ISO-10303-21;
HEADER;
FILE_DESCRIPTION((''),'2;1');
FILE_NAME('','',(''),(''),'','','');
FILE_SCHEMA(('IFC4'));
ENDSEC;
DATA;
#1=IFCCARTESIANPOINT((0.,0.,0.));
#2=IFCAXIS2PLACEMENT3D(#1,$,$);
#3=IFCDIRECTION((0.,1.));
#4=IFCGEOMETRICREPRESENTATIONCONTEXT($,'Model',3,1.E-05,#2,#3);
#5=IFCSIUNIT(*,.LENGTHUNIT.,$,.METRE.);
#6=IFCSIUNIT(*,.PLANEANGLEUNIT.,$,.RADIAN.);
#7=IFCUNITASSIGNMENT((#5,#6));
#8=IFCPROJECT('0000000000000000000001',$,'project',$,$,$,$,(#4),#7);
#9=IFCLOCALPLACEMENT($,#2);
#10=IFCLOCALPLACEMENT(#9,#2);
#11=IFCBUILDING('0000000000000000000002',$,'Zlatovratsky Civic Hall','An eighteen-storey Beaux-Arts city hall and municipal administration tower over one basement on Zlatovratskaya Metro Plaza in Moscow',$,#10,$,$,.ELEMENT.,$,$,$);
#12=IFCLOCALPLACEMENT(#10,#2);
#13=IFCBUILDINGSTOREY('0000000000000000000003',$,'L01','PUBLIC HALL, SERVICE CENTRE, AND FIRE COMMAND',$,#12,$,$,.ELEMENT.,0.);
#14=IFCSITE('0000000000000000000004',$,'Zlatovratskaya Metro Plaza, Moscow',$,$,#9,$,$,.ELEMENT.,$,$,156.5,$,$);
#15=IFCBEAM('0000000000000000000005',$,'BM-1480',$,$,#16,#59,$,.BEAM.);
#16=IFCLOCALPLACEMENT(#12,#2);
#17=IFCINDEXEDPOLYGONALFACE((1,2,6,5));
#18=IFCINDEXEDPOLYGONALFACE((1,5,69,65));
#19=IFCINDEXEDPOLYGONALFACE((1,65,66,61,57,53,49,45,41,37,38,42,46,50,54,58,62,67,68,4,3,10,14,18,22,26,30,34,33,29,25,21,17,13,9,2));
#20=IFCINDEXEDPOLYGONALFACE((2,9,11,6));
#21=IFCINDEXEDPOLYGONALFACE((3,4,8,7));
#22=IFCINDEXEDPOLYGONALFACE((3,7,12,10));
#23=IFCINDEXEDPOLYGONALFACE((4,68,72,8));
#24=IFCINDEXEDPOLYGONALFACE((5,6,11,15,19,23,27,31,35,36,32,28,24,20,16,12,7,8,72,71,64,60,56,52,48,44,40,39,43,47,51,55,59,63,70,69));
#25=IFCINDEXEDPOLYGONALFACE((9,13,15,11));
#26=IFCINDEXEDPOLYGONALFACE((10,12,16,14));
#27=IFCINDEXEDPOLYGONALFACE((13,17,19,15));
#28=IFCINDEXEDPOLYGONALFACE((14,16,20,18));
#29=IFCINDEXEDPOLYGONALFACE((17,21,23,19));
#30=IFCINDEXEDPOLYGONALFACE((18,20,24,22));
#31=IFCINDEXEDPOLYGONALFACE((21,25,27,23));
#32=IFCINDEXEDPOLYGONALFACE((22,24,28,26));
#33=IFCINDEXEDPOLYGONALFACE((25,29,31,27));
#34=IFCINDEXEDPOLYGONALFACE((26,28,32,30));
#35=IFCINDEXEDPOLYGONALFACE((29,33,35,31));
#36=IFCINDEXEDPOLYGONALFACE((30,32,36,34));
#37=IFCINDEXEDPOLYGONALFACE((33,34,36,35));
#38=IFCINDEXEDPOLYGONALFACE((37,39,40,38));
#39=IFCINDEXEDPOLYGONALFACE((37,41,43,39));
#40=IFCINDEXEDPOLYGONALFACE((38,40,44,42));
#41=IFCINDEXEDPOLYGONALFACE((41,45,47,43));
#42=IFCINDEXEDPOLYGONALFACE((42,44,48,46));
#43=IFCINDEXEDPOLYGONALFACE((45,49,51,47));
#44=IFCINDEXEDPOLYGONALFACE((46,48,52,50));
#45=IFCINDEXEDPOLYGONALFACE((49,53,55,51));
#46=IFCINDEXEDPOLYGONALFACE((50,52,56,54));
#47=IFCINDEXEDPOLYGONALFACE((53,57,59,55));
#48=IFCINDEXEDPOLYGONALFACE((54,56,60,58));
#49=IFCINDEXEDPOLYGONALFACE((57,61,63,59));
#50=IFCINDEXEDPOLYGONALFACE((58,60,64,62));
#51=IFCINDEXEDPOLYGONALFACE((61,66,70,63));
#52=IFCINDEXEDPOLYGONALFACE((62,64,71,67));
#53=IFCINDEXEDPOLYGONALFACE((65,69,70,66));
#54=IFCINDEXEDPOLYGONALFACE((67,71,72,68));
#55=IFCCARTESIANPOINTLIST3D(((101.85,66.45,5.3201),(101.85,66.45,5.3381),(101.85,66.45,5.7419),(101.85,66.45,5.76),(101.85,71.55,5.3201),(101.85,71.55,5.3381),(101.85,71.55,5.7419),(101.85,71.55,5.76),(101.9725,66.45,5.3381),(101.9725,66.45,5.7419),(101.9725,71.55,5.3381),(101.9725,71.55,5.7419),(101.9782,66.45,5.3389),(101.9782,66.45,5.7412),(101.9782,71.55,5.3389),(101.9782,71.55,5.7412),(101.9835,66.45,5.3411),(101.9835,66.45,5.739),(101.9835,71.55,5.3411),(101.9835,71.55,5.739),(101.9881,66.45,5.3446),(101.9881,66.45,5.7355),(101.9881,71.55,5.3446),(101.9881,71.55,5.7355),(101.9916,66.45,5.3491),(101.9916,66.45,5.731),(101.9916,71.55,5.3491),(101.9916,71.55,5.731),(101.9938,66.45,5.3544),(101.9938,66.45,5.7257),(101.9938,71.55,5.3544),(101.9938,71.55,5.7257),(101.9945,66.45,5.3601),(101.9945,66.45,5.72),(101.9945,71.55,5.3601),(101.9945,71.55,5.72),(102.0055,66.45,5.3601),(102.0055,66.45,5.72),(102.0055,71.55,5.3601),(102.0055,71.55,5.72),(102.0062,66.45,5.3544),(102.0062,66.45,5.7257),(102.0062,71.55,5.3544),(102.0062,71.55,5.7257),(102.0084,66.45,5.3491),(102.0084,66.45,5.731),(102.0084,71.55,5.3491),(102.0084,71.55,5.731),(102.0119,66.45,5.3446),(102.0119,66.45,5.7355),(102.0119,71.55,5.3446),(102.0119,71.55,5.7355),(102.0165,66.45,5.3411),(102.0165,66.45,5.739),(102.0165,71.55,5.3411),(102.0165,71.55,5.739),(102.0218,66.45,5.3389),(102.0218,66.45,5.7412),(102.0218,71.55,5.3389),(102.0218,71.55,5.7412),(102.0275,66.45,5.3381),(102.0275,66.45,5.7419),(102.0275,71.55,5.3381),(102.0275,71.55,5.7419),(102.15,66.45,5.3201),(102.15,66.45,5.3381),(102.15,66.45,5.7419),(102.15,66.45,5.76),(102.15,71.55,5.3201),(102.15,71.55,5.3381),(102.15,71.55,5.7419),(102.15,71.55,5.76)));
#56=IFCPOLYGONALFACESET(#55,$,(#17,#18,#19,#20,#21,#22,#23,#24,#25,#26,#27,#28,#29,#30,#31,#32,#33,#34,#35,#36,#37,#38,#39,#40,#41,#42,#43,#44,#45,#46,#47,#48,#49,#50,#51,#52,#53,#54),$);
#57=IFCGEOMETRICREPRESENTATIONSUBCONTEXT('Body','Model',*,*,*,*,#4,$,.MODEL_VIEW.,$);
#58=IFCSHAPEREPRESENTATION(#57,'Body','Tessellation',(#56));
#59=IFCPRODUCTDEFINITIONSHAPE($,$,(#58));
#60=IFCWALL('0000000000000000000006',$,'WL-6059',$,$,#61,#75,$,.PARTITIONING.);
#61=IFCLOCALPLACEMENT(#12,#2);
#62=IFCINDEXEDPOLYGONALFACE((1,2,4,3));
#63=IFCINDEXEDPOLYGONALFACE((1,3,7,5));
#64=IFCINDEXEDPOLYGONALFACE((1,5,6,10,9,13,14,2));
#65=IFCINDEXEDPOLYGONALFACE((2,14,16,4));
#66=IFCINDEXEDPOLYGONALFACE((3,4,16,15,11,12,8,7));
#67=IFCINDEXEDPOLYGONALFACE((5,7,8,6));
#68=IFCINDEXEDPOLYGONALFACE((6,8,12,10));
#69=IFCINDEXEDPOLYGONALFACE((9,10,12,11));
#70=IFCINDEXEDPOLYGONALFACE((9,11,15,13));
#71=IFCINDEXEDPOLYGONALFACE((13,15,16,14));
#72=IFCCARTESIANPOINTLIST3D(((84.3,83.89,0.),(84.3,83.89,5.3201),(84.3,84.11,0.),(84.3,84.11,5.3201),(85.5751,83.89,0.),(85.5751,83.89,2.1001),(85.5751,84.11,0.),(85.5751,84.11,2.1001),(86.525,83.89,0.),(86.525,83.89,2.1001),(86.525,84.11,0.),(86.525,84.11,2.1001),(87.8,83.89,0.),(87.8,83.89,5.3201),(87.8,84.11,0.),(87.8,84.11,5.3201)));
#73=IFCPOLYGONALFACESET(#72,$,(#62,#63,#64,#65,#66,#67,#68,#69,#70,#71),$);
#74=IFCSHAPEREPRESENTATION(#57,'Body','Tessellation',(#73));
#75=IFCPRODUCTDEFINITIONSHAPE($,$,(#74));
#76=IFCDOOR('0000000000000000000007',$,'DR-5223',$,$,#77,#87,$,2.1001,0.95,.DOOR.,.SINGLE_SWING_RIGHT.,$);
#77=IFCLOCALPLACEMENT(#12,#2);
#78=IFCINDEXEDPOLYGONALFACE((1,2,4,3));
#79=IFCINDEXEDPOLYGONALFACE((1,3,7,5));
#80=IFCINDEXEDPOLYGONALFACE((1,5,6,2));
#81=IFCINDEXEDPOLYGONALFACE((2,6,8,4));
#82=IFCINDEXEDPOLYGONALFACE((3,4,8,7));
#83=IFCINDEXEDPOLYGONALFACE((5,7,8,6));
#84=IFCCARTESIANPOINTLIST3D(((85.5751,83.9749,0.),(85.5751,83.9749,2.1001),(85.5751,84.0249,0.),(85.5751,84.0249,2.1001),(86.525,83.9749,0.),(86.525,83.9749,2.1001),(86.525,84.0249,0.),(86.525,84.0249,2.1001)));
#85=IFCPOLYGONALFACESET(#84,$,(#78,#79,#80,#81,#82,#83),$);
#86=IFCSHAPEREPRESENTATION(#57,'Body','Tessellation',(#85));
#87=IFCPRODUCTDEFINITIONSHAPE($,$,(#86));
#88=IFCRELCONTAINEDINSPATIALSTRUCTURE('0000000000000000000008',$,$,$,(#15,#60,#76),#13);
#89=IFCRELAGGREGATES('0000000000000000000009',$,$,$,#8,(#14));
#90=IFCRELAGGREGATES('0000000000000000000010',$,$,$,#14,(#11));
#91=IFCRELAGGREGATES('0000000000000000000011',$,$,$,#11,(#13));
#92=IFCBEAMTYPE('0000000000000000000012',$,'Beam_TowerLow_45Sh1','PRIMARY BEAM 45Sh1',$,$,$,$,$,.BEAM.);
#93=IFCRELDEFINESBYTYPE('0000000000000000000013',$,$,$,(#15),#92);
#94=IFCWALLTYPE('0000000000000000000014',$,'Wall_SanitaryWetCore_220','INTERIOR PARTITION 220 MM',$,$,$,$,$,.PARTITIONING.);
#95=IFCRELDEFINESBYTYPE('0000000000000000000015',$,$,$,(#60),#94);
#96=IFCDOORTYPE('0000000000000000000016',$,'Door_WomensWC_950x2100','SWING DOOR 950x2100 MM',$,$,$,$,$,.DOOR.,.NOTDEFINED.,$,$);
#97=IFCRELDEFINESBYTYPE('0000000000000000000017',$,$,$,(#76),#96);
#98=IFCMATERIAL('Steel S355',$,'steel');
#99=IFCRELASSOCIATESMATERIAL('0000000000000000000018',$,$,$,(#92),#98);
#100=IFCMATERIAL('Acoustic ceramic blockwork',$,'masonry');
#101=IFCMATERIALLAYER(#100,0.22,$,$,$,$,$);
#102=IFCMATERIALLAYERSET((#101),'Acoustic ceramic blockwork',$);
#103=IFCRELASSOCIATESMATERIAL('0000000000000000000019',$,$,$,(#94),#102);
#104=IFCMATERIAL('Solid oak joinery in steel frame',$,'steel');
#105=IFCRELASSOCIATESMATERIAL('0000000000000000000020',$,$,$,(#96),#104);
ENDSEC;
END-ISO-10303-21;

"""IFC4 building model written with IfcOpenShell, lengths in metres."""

from ifc_helpers import new_model, si_unit, direction, frame, frame_2d, origin, origin_2d, place, context, subcontext, project, spatial, rectangle, i_section, extrude, material, layer, layer_set, material_profile, profile_set, type_object, element, fill, save


model = new_model("IFC4")

# Units and contexts
model_context = context("Model", 3, precision=1e-05, world=origin(), true_north=direction((0.0, 1.0)))
body_context = subcontext(model_context, "Body", "Model", "MODEL_VIEW")
ifc_project = project(units=[si_unit("LENGTHUNIT", "METRE"), si_unit("PLANEANGLEUNIT", "RADIAN")], contexts=[model_context])

# Site, building, storey
site_placement = place(None, origin())
site = spatial("IfcSite", under=ifc_project, at=site_placement, Name="Zlatovratskaya Metro Plaza, Moscow", CompositionType="ELEMENT", RefElevation=156.5)
building_placement = place(site_placement, origin())
building = spatial("IfcBuilding", under=site, at=building_placement, Name="Zlatovratsky Civic Hall", Description="An eighteen-storey Beaux-Arts city hall and municipal administration tower over one basement on Zlatovratskaya Metro Plaza in Moscow", CompositionType="ELEMENT")
storey_placement = place(building_placement, origin())
storey = spatial("IfcBuildingStorey", under=building, at=storey_placement, Name="L01", Description="PUBLIC HALL, SERVICE CENTRE, AND FIRE COMMAND", CompositionType="ELEMENT", Elevation=0.0)

# Shared definitions
ifc_material_1 = material(Name="Steel S355", Category="steel")

# Beam
ifc_material_profile_1 = material_profile(ifc_material_1, i_section(OverallWidth=0.3, OverallDepth=0.4399, WebThickness=0.011, FlangeThickness=0.0181, FilletRadius=0.022, at=origin_2d()), Name="45Sh1")
ifc_profile_set_1 = profile_set([ifc_material_profile_1], Name="Steel S355")
beam_type = type_object("IfcBeamType", Name="Beam_TowerLow_45Sh1", Description="PRIMARY BEAM 45Sh1", PredefinedType="BEAM", material=ifc_profile_set_1)
beam_1_placement = place(storey_placement, frame((102.0, 66.45, 5.54), z_axis=(0.0, 1.0, 0.0), x_axis=(-1.0, 0.0, 0.0)))
element("IfcBeam", 1, at=beam_1_placement, inside=storey, type_object=beam_type, Name="BM-1480", PredefinedType="BEAM", context=body_context, shape_type="SweptSolid", body=[
    extrude(i_section(OverallWidth=0.3, OverallDepth=0.4399, WebThickness=0.011, FlangeThickness=0.0181, FilletRadius=0.022, at=origin_2d()), origin(), (0.0, 0.0, 1.0), 5.1001),
])

# Wall, opening, door
ifc_material_2 = material(Name="Acoustic ceramic blockwork", Category="masonry")
ifc_layer = layer(ifc_material_2, 0.22)
ifc_layer_set = layer_set([ifc_layer], Name="Acoustic ceramic blockwork")
wall_type = type_object("IfcWallType", Name="Wall_SanitaryWetCore_220", Description="INTERIOR PARTITION 220 MM", PredefinedType="PARTITIONING", material=ifc_layer_set)
wall_placement = place(storey_placement, frame((84.3, 84.0, 0.0), z_axis=(0.0, 0.0, 1.0), x_axis=(1.0, 0.0, 0.0)))
wall = element("IfcWall", 2, at=wall_placement, inside=storey, type_object=wall_type, Name="WL-6059", PredefinedType="PARTITIONING", context=body_context, shape_type="SweptSolid", body=[
    extrude(rectangle(XDim=3.5, YDim=0.22, at=frame_2d((1.75, 0.0))), origin(), (0.0, 0.0, 1.0), 5.3201),
])
opening_placement = place(wall_placement, frame((1.2749, 0.0, 0.0)))
opening = element("IfcOpeningElement", 3, at=opening_placement, cuts=wall, PredefinedType="OPENING", context=body_context, shape_type="SweptSolid", body=[
    extrude(rectangle(XDim=0.95, YDim=2.1001, at=frame_2d((0.4751, 1.05))), frame((0.0, 0.125, 0.0), z_axis=(0.0, -1.0, 0.0), x_axis=(1.0, 0.0, 0.0)), (0.0, 0.0, 1.0), 0.2498),
])
ifc_material_3 = material(Name="Solid oak joinery in steel frame", Category="steel")
door_type = type_object("IfcDoorType", Name="Door_WomensWC_950x2100", Description="SWING DOOR 950x2100 MM", OperationType="NOTDEFINED", PredefinedType="DOOR", material=ifc_material_3)
door_placement = place(opening_placement, origin())
door = element("IfcDoor", 4, at=door_placement, inside=storey, type_object=door_type, Name="DR-5223", OperationType="SINGLE_SWING_RIGHT", OverallHeight=2.1001, OverallWidth=0.95, PredefinedType="DOOR", context=body_context, shape_type="SweptSolid", body=[
    extrude(rectangle(XDim=0.95, YDim=2.1001, at=frame_2d((0.4751, 1.05))), frame((0.0, 0.0249, 0.0), z_axis=(0.0, -1.0, 0.0), x_axis=(1.0, 0.0, 0.0)), (0.0, 0.0, 1.0), 0.05),
])
fill(opening, door)

save(model, "model.ifc")
